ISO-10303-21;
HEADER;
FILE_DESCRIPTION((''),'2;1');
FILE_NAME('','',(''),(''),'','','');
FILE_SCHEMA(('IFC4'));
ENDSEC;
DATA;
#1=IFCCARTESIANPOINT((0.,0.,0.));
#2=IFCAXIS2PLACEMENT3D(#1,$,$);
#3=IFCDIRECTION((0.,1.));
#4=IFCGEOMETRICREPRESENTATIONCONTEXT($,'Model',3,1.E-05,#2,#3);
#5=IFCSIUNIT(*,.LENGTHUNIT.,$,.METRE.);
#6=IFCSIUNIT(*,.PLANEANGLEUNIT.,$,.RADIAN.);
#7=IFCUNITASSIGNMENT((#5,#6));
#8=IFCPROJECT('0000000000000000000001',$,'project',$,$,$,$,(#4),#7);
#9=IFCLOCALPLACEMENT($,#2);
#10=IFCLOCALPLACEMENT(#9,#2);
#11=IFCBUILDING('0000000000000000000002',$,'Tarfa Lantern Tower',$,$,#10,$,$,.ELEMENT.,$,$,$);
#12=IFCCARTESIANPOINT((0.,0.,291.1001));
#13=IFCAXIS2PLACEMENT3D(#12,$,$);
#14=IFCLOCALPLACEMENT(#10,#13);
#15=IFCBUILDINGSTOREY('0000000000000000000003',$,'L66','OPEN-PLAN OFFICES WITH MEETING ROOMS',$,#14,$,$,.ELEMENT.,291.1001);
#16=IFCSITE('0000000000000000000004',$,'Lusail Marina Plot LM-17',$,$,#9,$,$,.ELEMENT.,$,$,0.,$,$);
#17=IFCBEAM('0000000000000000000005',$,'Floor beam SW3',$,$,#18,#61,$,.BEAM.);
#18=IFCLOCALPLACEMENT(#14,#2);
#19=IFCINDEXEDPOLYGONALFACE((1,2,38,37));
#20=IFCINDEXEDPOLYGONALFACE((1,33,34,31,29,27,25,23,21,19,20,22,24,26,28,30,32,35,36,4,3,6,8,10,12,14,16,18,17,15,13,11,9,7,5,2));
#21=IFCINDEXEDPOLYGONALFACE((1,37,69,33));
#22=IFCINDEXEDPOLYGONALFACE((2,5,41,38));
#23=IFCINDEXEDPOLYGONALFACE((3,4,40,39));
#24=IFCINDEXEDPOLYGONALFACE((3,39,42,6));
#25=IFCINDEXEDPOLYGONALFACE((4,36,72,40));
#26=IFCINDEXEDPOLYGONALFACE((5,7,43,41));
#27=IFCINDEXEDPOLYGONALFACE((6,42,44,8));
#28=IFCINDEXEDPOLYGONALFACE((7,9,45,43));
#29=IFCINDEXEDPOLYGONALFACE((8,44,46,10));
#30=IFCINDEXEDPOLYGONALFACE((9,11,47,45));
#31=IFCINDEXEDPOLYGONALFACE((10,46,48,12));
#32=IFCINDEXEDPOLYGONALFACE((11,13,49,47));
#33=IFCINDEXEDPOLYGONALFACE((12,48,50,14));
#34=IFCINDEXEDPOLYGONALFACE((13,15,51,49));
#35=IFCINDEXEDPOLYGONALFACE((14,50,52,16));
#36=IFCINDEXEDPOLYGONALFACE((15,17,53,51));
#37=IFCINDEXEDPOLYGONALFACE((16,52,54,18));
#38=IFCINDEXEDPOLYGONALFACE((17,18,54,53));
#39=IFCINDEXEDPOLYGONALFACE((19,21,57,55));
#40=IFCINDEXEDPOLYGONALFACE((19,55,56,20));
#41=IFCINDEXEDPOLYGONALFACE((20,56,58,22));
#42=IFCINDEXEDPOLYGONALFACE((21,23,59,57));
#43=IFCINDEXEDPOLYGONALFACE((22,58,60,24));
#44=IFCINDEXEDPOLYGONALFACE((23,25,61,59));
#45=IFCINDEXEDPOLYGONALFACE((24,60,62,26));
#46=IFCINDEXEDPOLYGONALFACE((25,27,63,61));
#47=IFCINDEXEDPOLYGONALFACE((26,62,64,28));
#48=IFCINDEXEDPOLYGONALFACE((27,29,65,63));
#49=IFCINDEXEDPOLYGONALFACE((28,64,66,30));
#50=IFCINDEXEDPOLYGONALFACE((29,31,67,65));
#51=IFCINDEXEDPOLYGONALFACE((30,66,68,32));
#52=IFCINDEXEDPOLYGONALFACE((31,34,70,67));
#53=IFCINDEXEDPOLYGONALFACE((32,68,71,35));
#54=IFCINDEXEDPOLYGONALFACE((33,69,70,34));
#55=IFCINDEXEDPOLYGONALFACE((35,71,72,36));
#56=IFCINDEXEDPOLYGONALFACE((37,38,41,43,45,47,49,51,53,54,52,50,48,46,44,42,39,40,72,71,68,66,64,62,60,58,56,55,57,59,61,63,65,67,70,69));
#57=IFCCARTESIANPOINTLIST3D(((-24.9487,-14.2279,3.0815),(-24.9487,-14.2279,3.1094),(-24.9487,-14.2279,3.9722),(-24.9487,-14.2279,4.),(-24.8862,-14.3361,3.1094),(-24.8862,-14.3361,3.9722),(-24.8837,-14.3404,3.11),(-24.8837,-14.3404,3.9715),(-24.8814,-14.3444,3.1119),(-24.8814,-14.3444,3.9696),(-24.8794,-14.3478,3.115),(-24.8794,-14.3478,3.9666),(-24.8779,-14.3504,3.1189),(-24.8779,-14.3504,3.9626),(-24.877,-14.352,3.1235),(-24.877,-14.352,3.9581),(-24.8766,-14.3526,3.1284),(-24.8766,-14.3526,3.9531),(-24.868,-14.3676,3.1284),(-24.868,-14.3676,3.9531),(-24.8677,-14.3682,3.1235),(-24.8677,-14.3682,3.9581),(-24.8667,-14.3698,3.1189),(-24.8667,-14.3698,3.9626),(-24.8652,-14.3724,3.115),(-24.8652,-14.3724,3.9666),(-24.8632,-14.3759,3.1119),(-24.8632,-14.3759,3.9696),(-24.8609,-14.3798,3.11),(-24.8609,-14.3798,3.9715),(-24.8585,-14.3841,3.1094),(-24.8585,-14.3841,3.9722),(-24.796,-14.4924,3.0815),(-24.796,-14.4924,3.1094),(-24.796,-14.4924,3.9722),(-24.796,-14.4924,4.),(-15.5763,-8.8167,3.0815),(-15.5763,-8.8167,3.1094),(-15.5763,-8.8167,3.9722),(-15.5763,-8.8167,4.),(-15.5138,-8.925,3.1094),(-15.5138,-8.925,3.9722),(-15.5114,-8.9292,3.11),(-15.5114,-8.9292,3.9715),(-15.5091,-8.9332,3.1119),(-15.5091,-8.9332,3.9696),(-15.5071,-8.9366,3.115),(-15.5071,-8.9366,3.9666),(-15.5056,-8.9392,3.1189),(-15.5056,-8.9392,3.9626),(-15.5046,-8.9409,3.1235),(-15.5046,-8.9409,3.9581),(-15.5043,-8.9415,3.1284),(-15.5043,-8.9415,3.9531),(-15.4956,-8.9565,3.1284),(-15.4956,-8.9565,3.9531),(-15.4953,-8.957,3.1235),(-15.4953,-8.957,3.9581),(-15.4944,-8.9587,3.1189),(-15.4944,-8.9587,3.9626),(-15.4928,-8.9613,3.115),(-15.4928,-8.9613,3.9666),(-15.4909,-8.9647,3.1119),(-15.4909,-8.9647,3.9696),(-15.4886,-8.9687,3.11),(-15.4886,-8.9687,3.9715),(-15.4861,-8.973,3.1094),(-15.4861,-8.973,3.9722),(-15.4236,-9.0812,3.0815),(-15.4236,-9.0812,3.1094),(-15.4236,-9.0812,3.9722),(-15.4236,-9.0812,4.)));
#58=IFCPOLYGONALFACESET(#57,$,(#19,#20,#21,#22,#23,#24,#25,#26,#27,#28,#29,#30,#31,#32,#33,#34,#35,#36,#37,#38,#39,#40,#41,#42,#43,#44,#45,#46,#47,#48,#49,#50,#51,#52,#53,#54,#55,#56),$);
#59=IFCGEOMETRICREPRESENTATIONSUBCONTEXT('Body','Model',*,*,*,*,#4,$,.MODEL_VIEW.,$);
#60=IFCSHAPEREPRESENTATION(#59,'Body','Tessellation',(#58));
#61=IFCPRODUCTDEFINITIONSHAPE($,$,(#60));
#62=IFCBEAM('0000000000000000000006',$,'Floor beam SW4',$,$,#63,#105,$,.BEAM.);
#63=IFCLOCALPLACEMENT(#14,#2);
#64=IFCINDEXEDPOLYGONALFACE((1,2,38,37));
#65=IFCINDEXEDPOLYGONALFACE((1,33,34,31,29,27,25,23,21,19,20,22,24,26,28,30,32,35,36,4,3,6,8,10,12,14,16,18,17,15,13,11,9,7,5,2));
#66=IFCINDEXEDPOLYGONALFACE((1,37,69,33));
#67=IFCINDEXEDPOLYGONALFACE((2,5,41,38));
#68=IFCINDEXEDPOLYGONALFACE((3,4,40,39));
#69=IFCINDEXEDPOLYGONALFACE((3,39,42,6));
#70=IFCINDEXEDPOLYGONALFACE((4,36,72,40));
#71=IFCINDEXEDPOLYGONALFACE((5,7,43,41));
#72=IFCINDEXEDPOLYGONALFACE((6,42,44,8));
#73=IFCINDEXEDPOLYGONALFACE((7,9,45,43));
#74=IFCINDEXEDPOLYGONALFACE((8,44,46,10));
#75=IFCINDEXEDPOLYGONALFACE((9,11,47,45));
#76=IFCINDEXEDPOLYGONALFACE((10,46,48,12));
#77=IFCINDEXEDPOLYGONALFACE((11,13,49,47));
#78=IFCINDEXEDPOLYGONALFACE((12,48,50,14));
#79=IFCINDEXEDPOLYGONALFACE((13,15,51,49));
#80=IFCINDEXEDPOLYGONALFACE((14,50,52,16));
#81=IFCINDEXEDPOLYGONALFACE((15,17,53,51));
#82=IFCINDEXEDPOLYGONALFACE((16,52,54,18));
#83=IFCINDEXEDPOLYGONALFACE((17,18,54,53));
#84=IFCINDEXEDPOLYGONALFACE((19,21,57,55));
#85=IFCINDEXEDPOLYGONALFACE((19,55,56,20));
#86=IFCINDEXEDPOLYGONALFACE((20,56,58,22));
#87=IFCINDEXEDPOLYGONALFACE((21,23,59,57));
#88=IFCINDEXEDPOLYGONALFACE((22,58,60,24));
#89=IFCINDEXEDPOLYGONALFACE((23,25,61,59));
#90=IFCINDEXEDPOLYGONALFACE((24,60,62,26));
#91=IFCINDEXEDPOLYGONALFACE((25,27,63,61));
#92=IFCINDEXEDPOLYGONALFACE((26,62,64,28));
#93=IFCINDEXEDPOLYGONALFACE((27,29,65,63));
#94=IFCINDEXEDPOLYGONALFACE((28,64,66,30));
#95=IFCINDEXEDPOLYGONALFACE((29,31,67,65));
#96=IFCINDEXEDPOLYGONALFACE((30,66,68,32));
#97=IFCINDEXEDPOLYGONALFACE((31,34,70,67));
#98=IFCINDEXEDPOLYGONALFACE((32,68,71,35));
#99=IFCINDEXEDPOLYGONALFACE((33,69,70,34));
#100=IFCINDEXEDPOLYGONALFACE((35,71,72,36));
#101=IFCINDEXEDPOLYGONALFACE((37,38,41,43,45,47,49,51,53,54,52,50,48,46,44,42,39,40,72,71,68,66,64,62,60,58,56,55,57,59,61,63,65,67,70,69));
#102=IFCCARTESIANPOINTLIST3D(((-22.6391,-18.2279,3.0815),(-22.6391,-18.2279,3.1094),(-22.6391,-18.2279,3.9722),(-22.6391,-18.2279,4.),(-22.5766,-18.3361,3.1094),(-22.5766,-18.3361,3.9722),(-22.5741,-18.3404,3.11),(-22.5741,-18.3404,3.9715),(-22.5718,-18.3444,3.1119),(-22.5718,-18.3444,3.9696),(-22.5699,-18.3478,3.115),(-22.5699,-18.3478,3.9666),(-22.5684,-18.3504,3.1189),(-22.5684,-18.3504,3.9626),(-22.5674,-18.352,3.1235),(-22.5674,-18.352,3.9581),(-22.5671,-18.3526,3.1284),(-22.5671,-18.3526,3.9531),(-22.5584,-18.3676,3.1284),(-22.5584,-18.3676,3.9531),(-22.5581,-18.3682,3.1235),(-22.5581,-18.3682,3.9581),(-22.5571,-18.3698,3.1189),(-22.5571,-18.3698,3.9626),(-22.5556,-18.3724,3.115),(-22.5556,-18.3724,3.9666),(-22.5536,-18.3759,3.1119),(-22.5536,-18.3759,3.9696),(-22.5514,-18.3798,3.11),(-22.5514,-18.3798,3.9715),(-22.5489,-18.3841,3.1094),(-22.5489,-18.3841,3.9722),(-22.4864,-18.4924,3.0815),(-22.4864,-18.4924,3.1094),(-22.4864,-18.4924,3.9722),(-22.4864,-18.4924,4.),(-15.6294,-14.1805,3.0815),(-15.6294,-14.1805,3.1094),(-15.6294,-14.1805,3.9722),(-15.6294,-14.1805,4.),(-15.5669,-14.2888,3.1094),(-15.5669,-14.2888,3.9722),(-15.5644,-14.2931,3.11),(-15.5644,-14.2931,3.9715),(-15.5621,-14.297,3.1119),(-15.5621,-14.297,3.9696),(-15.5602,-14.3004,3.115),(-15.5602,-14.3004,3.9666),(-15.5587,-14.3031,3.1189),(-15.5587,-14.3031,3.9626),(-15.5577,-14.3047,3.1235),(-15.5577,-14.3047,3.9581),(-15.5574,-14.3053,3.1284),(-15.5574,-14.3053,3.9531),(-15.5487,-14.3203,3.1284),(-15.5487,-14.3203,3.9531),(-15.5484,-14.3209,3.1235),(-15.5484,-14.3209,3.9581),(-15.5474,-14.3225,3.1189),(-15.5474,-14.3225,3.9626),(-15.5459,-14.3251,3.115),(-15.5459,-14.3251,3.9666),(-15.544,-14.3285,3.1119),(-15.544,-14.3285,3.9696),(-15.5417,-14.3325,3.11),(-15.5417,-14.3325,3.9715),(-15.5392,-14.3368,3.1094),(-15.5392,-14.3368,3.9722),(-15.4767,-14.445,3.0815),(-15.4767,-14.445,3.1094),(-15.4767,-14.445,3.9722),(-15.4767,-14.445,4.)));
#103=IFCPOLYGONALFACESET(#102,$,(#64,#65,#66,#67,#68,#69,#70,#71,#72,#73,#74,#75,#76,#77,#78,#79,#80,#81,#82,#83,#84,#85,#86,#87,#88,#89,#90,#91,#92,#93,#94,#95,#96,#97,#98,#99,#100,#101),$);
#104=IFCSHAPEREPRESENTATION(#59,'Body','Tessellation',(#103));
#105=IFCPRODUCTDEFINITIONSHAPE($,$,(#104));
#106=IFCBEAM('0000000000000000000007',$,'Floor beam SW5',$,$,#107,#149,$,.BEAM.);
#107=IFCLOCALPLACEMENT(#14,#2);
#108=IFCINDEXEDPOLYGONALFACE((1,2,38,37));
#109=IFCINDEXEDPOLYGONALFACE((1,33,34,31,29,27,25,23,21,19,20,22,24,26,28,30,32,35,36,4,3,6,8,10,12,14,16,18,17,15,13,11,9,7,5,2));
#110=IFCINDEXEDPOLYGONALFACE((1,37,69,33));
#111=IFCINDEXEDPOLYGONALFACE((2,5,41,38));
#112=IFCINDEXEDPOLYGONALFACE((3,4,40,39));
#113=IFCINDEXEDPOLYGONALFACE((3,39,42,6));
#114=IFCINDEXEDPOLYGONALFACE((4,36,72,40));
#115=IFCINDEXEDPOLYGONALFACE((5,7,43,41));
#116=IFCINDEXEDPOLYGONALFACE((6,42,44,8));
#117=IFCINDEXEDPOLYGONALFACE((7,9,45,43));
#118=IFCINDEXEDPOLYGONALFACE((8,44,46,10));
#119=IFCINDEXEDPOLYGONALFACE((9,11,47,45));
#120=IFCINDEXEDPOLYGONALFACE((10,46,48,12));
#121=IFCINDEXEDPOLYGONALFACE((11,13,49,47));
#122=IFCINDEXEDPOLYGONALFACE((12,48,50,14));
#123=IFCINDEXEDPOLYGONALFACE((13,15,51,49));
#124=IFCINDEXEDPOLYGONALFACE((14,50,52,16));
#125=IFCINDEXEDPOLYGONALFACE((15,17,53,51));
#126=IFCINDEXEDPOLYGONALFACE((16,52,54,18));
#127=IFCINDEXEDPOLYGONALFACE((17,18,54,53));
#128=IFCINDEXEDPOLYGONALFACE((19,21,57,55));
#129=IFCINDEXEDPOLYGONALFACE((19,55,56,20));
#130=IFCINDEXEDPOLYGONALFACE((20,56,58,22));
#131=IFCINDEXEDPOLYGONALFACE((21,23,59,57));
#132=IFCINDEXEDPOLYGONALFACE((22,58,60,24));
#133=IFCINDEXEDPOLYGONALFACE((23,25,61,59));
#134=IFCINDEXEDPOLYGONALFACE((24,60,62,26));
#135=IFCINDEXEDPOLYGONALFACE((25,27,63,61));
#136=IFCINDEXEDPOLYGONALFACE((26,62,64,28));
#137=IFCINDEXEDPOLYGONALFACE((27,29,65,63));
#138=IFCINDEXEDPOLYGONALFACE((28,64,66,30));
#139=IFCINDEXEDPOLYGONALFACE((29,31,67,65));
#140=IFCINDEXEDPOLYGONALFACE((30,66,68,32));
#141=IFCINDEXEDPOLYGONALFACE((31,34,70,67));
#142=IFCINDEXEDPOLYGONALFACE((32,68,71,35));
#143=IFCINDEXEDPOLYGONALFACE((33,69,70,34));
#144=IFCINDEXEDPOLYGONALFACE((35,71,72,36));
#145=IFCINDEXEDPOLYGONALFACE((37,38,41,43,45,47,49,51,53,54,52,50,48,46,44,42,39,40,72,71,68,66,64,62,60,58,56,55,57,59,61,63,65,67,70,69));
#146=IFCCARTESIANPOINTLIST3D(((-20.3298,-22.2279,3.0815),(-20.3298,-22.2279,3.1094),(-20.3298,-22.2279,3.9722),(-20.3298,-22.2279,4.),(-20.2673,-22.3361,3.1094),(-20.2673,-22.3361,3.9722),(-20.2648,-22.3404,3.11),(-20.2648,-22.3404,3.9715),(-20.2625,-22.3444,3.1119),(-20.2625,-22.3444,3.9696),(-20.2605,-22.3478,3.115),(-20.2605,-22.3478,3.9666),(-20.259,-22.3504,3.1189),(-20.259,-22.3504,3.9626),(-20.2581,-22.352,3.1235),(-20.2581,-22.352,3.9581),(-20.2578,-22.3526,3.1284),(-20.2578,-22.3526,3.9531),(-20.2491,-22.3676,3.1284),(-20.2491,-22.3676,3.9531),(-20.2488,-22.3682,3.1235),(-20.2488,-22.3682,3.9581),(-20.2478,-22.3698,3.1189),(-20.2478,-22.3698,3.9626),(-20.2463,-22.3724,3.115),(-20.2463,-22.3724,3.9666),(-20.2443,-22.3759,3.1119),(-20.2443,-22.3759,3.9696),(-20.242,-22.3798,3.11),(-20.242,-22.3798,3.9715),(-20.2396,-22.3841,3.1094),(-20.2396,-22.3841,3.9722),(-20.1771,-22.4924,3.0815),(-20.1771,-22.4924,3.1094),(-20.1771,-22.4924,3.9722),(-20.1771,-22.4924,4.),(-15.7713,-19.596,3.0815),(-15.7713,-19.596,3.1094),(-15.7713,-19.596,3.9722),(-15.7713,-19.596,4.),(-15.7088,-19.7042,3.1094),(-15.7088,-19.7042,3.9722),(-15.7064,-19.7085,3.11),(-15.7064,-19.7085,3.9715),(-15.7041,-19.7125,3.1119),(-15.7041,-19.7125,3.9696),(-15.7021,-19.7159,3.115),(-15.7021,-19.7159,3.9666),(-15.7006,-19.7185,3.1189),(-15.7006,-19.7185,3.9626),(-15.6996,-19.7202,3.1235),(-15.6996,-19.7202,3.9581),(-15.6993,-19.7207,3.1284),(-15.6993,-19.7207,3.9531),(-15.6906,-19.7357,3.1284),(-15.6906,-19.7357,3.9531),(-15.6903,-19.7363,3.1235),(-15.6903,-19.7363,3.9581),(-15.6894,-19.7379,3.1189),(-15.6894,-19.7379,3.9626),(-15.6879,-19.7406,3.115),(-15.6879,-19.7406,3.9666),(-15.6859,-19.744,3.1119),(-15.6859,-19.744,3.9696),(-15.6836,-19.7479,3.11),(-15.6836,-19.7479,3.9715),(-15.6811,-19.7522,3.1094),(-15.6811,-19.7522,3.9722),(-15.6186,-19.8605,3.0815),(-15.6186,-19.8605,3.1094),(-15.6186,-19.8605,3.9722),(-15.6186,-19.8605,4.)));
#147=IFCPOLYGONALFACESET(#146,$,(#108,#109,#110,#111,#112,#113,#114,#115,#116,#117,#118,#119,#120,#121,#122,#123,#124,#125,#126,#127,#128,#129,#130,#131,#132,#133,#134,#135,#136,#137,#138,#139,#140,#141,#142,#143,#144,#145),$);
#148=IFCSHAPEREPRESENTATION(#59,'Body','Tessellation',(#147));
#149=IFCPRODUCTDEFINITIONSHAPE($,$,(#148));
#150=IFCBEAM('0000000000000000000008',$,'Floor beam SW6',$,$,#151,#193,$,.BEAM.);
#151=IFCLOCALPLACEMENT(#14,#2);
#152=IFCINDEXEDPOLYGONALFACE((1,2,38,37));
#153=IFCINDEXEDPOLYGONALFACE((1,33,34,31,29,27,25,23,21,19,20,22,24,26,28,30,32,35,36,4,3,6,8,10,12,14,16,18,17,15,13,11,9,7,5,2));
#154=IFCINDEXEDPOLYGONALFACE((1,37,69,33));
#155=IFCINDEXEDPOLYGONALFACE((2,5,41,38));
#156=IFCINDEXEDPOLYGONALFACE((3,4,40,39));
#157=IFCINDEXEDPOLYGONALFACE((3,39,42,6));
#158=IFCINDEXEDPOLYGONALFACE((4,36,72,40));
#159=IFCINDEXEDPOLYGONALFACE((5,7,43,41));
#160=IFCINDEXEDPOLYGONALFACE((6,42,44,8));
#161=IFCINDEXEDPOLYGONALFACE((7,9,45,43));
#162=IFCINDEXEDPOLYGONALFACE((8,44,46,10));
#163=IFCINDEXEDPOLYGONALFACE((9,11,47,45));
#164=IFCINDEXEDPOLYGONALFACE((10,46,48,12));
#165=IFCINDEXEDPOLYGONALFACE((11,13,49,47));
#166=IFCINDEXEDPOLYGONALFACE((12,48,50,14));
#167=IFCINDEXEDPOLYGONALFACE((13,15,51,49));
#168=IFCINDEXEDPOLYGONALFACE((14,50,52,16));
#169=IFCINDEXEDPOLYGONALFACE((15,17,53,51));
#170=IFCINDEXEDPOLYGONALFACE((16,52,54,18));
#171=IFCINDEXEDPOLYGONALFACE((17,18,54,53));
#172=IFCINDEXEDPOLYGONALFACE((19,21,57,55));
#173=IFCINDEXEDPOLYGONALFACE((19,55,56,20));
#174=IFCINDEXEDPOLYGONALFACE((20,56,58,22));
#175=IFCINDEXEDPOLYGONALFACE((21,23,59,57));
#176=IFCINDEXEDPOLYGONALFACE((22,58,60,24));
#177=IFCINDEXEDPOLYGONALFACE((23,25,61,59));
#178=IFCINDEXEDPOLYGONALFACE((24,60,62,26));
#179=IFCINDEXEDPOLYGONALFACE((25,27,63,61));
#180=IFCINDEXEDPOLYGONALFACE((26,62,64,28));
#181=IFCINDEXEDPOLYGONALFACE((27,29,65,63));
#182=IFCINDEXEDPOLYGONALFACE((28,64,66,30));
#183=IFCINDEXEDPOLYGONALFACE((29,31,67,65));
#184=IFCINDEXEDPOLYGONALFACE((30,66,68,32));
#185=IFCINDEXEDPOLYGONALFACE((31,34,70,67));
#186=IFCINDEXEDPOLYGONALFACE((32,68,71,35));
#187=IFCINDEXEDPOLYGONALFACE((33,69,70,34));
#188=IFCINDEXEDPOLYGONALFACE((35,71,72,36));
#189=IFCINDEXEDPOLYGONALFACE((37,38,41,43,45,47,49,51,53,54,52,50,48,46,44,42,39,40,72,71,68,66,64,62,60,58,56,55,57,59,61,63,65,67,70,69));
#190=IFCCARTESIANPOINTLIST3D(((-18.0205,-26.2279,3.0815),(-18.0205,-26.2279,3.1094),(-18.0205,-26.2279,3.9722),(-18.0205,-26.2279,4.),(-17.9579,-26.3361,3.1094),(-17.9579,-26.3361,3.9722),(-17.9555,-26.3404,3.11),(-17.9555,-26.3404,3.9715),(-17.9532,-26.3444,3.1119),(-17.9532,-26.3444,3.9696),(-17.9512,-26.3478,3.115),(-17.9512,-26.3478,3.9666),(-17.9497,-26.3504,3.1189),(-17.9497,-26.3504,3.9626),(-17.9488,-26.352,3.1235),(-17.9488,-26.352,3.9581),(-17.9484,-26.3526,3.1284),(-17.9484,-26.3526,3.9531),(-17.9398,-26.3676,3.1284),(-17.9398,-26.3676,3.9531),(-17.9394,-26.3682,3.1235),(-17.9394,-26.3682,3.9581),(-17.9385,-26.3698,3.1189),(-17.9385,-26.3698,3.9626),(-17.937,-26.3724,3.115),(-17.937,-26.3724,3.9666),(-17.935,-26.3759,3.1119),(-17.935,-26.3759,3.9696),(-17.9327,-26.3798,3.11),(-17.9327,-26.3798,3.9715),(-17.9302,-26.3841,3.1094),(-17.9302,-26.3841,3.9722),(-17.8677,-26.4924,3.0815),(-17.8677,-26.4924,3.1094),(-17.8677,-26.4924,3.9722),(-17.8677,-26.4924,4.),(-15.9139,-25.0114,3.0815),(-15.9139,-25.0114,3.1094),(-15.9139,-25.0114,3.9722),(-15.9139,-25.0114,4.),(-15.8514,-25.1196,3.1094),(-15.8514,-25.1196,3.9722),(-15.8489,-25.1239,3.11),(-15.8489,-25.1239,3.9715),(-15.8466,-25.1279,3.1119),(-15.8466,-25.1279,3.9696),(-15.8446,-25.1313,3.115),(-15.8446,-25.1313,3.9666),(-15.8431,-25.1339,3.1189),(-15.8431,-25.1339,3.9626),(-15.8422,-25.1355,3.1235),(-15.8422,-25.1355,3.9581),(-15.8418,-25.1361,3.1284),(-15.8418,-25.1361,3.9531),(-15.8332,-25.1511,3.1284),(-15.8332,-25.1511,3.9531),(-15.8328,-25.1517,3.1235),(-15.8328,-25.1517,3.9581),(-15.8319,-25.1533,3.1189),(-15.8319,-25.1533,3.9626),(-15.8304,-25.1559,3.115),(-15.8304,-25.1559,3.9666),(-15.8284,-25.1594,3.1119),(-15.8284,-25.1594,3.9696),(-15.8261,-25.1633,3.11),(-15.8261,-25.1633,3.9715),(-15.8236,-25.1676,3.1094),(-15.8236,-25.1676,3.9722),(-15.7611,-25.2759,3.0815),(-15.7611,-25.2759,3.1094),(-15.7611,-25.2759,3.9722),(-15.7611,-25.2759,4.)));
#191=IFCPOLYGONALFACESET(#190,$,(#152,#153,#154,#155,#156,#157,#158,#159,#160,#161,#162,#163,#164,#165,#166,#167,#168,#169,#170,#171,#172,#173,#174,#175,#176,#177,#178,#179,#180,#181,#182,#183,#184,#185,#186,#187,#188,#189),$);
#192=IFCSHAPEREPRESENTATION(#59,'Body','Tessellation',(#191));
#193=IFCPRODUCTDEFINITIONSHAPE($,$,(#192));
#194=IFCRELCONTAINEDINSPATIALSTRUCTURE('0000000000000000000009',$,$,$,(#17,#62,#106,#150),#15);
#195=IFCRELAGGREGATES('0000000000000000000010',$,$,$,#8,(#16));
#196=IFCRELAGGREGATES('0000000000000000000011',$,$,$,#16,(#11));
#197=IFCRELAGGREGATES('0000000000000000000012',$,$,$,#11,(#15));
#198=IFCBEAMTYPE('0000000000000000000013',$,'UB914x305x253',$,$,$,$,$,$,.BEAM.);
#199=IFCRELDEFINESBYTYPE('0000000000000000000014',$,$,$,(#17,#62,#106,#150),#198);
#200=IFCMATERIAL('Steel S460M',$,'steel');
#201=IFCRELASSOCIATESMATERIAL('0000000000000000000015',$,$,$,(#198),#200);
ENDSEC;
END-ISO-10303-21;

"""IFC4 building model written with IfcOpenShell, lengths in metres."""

from ifc_helpers import new_model, si_unit, direction, frame, origin, origin_2d, place, context, subcontext, project, spatial, i_section, extrude, material, material_profile, profile_set, type_object, element, save


model = new_model("IFC4")

# Units and contexts
model_context = context("Model", 3, precision=1e-05, world=origin(), true_north=direction((0.0, 1.0)))
body_context = subcontext(model_context, "Body", "Model", "MODEL_VIEW")
ifc_project = project(units=[si_unit("LENGTHUNIT", "METRE"), si_unit("PLANEANGLEUNIT", "RADIAN")], contexts=[model_context])

# Site, building, storey
site_placement = place(None, origin())
site = spatial("IfcSite", under=ifc_project, at=site_placement, Name="Lusail Marina Plot LM-17", CompositionType="ELEMENT", RefElevation=0.0)
building_placement = place(site_placement, origin())
building = spatial("IfcBuilding", under=site, at=building_placement, Name="Tarfa Lantern Tower", CompositionType="ELEMENT")
storey_placement = place(building_placement, frame((0.0, 0.0, 291.1001)))
storey = spatial("IfcBuildingStorey", under=building, at=storey_placement, Name="L66", Description="OPEN-PLAN OFFICES WITH MEETING ROOMS", CompositionType="ELEMENT", Elevation=291.1001)

# Beams
ifc_material_1 = material(Name="Steel S460M", Category="steel")
ifc_material_profile_1 = material_profile(ifc_material_1, i_section(OverallWidth=0.3054, OverallDepth=0.9185, WebThickness=0.0173, FlangeThickness=0.0278, FilletRadius=0.019, at=origin_2d()), Name="UB914x305x253")
ifc_profile_set_1 = profile_set([ifc_material_profile_1], Name="Steel S460M")
beam_type_1 = type_object("IfcBeamType", Name="UB914x305x253", PredefinedType="BEAM", material=ifc_profile_set_1)
beam_1_placement = place(storey_placement, frame((-24.8723, -14.3601, 3.5408), z_axis=(0.866024, 0.500002, 0.0), x_axis=(-0.500002, 0.866024, 0.0)))
element("IfcBeam", 1, at=beam_1_placement, inside=storey, type_object=beam_type_1, Name="Floor beam SW3", PredefinedType="BEAM", context=body_context, shape_type="SweptSolid", body=[
    extrude(i_section(OverallWidth=0.3054, OverallDepth=0.9185, WebThickness=0.0173, FlangeThickness=0.0278, FilletRadius=0.019, at=origin_2d()), origin(), (0.0, 0.0, 1.0), 10.8223),
])
beam_2_placement = place(storey_placement, frame((-22.5627, -18.3601, 3.5408), z_axis=(0.866011, 0.500025, 0.0), x_axis=(-0.500025, 0.866011, 0.0)))
element("IfcBeam", 2, at=beam_2_placement, inside=storey, type_object=beam_type_1, Name="Floor beam SW4", PredefinedType="BEAM", context=body_context, shape_type="SweptSolid", body=[
    extrude(i_section(OverallWidth=0.3054, OverallDepth=0.9185, WebThickness=0.0173, FlangeThickness=0.0278, FilletRadius=0.019, at=origin_2d()), origin(), (0.0, 0.0, 1.0), 8.0942),
])
beam_3_placement = place(storey_placement, frame((-20.2534, -22.3601, 3.5408), z_axis=(0.86602, 0.50001, 0.0), x_axis=(-0.50001, 0.86602, 0.0)))
element("IfcBeam", 3, at=beam_3_placement, inside=storey, type_object=beam_type_1, Name="Floor beam SW5", PredefinedType="BEAM", context=body_context, shape_type="SweptSolid", body=[
    extrude(i_section(OverallWidth=0.3054, OverallDepth=0.9185, WebThickness=0.0173, FlangeThickness=0.0278, FilletRadius=0.019, at=origin_2d()), origin(), (0.0, 0.0, 1.0), 5.2637),
])
beam_4_placement = place(storey_placement, frame((-17.9441, -26.3601, 3.5408), z_axis=(0.86598, 0.500079, 0.0), x_axis=(-0.500079, 0.86598, 0.0)))
element("IfcBeam", 4, at=beam_4_placement, inside=storey, type_object=beam_type_1, Name="Floor beam SW6", PredefinedType="BEAM", context=body_context, shape_type="SweptSolid", body=[
    extrude(i_section(OverallWidth=0.3054, OverallDepth=0.9185, WebThickness=0.0173, FlangeThickness=0.0278, FilletRadius=0.019, at=origin_2d()), origin(), (0.0, 0.0, 1.0), 2.4326),
])

save(model, "model.ifc")
